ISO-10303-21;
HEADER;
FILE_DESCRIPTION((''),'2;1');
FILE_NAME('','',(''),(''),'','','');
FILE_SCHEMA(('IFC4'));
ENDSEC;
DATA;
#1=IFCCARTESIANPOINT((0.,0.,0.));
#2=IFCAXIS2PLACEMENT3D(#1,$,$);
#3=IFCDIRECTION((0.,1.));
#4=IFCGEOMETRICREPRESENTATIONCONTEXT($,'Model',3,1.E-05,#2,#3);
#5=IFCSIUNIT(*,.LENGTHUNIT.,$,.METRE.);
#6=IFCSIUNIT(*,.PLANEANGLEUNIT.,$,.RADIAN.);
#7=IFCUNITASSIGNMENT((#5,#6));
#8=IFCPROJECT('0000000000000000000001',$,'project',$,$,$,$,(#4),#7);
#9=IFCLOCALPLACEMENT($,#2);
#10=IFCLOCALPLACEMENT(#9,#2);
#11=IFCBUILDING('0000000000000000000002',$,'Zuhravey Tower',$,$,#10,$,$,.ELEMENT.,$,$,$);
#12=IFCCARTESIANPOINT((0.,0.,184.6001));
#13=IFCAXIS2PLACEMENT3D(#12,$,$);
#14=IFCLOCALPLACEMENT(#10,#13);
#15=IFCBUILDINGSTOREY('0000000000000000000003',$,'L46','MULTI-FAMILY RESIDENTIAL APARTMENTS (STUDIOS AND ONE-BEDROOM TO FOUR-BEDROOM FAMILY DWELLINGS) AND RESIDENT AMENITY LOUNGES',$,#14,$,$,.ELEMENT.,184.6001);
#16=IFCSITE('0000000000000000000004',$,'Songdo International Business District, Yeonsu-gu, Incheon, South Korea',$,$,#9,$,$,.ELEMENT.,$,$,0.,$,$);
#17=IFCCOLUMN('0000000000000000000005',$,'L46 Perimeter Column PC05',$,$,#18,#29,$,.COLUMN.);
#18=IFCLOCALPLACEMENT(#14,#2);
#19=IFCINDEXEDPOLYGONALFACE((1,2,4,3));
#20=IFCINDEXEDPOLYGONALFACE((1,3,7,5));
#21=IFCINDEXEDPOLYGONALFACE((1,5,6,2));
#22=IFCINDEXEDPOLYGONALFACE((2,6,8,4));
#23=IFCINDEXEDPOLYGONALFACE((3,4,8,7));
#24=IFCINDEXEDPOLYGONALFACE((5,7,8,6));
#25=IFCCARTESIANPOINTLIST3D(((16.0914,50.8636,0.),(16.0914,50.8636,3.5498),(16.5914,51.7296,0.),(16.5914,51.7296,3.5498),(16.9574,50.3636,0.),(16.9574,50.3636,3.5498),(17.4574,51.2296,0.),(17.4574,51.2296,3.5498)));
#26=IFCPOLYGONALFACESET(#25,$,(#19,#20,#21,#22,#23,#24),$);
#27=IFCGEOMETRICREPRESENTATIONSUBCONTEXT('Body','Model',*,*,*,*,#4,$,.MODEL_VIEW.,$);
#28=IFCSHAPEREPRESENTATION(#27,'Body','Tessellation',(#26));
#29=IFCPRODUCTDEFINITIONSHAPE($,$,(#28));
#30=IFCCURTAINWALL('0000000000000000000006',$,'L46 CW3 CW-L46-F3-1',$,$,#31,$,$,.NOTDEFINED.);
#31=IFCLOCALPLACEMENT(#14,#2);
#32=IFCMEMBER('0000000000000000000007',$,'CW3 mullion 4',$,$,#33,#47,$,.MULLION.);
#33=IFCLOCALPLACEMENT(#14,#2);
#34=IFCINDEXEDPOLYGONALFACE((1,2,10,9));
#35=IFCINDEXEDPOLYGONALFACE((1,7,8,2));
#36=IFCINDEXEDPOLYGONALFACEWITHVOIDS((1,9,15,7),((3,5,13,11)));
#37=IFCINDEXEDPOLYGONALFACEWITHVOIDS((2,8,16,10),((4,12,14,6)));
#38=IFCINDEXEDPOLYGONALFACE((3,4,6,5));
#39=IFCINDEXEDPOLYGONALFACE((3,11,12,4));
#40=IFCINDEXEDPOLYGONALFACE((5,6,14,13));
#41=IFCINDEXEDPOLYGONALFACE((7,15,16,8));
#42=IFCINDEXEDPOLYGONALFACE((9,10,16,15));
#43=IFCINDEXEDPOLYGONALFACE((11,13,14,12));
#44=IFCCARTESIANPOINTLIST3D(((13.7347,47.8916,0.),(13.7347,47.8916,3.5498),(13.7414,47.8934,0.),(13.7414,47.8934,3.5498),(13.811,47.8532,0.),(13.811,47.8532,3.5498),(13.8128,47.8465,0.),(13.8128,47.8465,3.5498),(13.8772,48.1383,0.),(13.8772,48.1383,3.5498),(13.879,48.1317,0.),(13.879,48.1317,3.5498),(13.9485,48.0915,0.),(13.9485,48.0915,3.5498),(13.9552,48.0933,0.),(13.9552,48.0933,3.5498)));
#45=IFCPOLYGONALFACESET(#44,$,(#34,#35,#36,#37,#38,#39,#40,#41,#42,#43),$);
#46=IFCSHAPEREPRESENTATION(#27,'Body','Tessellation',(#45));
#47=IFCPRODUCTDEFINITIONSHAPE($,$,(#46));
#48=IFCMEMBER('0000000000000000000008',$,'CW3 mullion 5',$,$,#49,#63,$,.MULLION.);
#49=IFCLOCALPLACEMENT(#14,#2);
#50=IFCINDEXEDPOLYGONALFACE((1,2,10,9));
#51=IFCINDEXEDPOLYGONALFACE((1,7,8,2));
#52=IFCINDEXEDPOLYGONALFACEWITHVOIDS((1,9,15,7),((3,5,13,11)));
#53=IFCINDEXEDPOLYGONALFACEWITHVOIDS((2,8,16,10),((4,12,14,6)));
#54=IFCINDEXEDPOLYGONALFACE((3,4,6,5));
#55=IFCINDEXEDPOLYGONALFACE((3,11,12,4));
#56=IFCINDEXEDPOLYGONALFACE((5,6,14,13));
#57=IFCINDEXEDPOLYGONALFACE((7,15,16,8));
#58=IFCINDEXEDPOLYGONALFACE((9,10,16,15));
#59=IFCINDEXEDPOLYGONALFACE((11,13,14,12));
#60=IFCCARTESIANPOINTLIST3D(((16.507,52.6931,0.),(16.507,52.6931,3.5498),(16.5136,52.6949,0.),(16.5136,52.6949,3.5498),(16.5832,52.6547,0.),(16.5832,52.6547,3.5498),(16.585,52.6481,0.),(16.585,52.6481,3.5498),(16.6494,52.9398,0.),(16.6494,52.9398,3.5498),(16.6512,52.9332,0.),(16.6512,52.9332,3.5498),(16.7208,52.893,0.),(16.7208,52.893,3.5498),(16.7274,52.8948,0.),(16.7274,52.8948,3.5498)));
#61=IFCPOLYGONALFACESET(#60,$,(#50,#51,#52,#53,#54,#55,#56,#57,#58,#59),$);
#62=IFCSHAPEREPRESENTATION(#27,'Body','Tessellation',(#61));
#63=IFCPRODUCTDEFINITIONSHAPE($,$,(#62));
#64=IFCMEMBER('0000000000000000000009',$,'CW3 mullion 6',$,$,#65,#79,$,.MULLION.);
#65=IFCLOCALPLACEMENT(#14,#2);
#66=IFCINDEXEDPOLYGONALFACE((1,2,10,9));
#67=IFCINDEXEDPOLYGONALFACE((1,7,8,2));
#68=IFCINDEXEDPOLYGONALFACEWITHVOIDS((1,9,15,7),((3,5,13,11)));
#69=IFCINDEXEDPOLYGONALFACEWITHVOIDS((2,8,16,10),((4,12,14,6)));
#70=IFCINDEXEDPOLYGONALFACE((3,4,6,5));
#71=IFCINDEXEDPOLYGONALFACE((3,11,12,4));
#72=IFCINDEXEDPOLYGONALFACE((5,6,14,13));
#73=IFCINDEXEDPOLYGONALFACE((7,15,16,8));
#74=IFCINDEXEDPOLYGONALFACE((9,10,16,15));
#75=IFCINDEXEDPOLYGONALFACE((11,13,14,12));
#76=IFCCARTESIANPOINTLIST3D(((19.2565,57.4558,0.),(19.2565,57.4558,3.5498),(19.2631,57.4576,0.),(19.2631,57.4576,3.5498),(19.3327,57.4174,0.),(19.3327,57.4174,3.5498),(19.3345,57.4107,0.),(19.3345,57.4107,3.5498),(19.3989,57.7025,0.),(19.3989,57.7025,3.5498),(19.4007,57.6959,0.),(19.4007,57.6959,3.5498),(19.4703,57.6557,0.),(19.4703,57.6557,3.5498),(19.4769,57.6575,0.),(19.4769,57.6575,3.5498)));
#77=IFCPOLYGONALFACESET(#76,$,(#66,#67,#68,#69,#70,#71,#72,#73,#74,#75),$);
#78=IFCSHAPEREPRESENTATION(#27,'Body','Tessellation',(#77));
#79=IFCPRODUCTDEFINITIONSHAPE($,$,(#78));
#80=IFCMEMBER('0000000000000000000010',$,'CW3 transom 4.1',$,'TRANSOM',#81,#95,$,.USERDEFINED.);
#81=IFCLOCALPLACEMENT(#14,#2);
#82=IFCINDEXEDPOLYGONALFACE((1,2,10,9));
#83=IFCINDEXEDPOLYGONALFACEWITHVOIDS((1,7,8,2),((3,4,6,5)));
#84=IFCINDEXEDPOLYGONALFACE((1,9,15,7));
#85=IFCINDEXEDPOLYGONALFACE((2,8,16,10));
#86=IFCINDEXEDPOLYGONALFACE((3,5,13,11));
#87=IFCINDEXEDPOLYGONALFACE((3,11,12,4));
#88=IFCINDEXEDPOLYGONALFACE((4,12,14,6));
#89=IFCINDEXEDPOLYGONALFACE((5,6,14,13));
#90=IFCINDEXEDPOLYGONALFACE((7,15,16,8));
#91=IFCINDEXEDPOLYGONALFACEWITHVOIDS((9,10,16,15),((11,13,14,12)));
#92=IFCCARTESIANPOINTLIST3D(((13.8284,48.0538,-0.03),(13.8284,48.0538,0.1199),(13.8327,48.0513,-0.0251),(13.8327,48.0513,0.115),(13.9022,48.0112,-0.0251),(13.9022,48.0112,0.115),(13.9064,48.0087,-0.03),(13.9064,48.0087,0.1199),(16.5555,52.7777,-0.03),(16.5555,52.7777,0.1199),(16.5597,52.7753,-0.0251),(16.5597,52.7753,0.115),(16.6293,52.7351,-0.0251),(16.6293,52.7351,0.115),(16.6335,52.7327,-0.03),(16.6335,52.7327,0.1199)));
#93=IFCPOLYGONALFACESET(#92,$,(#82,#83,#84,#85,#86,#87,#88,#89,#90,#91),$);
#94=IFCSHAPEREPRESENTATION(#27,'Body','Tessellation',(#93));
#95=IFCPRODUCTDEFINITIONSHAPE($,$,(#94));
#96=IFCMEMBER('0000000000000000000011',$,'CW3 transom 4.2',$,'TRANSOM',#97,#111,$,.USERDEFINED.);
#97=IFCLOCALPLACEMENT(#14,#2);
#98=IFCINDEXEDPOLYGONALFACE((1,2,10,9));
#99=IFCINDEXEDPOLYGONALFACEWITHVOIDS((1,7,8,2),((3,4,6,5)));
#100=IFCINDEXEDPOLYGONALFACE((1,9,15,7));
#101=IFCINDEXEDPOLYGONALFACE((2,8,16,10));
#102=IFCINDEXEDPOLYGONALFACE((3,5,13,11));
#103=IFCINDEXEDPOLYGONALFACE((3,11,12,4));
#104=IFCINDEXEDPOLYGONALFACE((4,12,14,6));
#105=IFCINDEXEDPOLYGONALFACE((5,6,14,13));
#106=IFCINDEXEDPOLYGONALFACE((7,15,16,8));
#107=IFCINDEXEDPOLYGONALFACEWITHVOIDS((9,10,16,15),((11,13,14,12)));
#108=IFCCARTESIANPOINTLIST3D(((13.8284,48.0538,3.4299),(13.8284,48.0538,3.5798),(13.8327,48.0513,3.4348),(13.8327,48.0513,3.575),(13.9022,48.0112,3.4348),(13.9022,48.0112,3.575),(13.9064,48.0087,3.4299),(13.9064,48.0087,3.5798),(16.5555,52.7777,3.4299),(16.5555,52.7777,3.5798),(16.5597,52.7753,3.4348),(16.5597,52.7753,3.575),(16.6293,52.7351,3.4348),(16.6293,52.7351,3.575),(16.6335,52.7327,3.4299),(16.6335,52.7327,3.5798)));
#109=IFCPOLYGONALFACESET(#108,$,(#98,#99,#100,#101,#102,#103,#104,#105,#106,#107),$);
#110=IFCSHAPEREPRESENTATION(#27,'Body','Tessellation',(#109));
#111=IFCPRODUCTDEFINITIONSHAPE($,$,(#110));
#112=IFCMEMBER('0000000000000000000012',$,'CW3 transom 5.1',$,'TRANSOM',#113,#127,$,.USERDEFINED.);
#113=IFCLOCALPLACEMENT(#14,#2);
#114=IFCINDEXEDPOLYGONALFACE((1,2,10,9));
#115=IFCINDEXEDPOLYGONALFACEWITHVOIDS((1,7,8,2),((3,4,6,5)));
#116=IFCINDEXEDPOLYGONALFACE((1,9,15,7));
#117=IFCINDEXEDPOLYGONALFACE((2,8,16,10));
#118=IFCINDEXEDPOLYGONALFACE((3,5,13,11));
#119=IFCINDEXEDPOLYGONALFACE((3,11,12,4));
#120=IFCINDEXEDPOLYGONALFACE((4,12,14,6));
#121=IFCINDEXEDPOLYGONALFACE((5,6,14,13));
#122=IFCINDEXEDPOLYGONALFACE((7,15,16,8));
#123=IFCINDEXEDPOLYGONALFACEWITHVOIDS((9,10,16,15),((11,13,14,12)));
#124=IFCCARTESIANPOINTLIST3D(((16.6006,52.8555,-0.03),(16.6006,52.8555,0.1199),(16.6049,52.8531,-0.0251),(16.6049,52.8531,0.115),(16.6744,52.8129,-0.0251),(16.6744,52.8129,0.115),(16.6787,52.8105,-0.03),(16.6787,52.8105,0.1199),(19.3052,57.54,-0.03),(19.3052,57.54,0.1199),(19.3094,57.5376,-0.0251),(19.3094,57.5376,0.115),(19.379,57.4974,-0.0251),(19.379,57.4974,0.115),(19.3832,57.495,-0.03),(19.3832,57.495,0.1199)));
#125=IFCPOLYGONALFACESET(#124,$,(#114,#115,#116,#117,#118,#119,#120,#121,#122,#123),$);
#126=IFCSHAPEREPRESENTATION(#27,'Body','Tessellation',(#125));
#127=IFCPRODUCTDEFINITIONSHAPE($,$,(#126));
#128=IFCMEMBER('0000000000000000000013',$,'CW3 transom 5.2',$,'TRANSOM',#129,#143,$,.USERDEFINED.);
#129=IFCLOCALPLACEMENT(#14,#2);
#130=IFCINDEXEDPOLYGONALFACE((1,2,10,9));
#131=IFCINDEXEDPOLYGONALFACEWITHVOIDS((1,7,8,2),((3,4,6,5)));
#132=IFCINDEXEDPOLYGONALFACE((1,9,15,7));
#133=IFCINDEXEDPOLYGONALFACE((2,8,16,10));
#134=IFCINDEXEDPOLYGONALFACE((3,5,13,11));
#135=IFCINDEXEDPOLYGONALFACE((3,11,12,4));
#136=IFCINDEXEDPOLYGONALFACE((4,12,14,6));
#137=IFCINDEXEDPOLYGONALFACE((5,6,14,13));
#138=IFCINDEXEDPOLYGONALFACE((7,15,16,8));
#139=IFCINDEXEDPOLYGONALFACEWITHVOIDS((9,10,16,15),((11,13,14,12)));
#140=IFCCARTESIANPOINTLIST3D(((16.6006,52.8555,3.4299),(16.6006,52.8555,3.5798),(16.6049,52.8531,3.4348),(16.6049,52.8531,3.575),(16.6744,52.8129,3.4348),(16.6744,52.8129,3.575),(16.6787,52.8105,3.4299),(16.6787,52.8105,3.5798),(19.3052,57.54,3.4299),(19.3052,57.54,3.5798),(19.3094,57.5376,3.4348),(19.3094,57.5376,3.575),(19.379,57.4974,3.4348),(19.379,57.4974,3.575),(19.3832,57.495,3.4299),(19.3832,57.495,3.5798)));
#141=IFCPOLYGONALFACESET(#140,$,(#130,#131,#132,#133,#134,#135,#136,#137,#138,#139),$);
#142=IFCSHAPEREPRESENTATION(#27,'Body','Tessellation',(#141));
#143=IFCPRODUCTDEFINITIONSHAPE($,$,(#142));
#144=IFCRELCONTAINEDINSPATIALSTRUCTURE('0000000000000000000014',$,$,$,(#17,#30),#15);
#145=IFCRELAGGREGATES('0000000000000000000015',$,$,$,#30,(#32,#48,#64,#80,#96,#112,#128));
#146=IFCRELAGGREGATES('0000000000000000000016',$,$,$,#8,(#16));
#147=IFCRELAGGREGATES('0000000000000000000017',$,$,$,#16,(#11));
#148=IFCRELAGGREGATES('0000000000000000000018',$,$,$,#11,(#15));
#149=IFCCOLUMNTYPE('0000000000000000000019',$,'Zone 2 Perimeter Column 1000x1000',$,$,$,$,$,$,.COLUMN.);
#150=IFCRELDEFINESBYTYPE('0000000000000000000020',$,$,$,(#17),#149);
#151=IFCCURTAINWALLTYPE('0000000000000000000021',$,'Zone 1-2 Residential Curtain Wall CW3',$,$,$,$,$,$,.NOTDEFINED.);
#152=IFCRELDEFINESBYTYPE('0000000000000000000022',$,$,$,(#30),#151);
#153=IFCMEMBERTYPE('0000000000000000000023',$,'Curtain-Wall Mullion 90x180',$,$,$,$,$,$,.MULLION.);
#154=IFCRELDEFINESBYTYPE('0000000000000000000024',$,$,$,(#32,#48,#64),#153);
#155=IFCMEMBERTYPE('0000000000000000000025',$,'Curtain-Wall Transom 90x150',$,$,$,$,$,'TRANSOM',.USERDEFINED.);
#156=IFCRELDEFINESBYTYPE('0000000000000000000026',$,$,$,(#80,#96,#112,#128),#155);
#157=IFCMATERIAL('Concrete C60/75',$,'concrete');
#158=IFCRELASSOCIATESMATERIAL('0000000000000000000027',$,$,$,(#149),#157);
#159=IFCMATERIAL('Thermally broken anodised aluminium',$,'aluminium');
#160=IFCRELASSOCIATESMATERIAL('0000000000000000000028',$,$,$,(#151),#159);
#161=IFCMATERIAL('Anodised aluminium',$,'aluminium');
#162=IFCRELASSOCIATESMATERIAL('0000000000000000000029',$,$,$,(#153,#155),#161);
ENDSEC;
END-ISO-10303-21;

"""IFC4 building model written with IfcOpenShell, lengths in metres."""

from ifc_helpers import new_model, si_unit, direction, frame, origin, origin_2d, place, context, subcontext, project, spatial, rectangle, hollow_rectangle, extrude, material, material_profile, profile_set, type_object, element, aggregate, save


model = new_model("IFC4")

# Units and contexts
model_context = context("Model", 3, precision=1e-05, world=origin(), true_north=direction((0.0, 1.0)))
body_context = subcontext(model_context, "Body", "Model", "MODEL_VIEW")
ifc_project = project(units=[si_unit("LENGTHUNIT", "METRE"), si_unit("PLANEANGLEUNIT", "RADIAN")], contexts=[model_context])

# Site, building, storey
site_placement = place(None, origin())
site = spatial("IfcSite", under=ifc_project, at=site_placement, Name="Songdo International Business District, Yeonsu-gu, Incheon, South Korea", CompositionType="ELEMENT", RefElevation=0.0)
building_placement = place(site_placement, origin())
building = spatial("IfcBuilding", under=site, at=building_placement, Name="Zuhravey Tower", CompositionType="ELEMENT")
storey_placement = place(building_placement, frame((0.0, 0.0, 184.6001)))
storey = spatial("IfcBuildingStorey", under=building, at=storey_placement, Name="L46", Description="MULTI-FAMILY RESIDENTIAL APARTMENTS (STUDIOS AND ONE-BEDROOM TO FOUR-BEDROOM FAMILY DWELLINGS) AND RESIDENT AMENITY LOUNGES", CompositionType="ELEMENT", Elevation=184.6001)

# Column
ifc_material_1 = material(Name="Concrete C60/75", Category="concrete")
ifc_material_profile_1 = material_profile(ifc_material_1, rectangle(XDim=1.0, YDim=1.0, at=origin_2d()), Name="RC-1000x1000")
ifc_profile_set_1 = profile_set([ifc_material_profile_1], Name="Concrete C60/75")
column_type = type_object("IfcColumnType", Name="Zone 2 Perimeter Column 1000x1000", PredefinedType="COLUMN", material=ifc_profile_set_1)
column_placement = place(storey_placement, frame((16.7744, 51.0466, 0.0), z_axis=(0.0, 0.0, 1.0), x_axis=(-0.5, -0.866025, 0.0)))
element("IfcColumn", 1, at=column_placement, inside=storey, type_object=column_type, Name="L46 Perimeter Column PC05", PredefinedType="COLUMN", context=body_context, shape_type="SweptSolid", body=[
    extrude(rectangle(XDim=1.0, YDim=1.0, at=origin_2d()), origin(), (0.0, 0.0, 1.0), 3.5498),
])

# Curtain wall, members
ifc_material_2 = material(Name="Thermally broken anodised aluminium", Category="aluminium")
curtain_wall_type = type_object("IfcCurtainWallType", Name="Zone 1-2 Residential Curtain Wall CW3", PredefinedType="NOTDEFINED", material=ifc_material_2)
curtain_wall_placement = place(storey_placement, origin())
curtain_wall = element("IfcCurtainWall", 2, at=curtain_wall_placement, inside=storey, type_object=curtain_wall_type, Name="L46 CW3 CW-L46-F3-1", PredefinedType="NOTDEFINED")
ifc_material_3 = material(Name="Anodised aluminium", Category="aluminium")
ifc_material_profile_2 = material_profile(ifc_material_3, hollow_rectangle(XDim=0.0901, YDim=0.2849, WallThickness=0.0049, at=origin_2d()), Name="ALU-RHS-90x285x5")
ifc_profile_set_2 = profile_set([ifc_material_profile_2], Name="Anodised aluminium")
member_type_1 = type_object("IfcMemberType", Name="Curtain-Wall Mullion 90x180", PredefinedType="MULLION", material=ifc_profile_set_2)
member_1_placement = place(storey_placement, frame((13.845, 47.9924, 0.0), z_axis=(0.0, 0.0, 1.0), x_axis=(-0.866025, 0.5, 0.0)))
member_1 = element("IfcMember", 3, at=member_1_placement, type_object=member_type_1, Name="CW3 mullion 4", PredefinedType="MULLION", context=body_context, shape_type="SweptSolid", body=[
    extrude(hollow_rectangle(XDim=0.0901, YDim=0.2849, WallThickness=0.0049, at=origin_2d()), origin(), (0.0, 0.0, 1.0), 3.5498),
])
member_2_placement = place(storey_placement, frame((16.6172, 52.7939, 0.0), z_axis=(0.0, 0.0, 1.0), x_axis=(-0.866025, 0.5, 0.0)))
member_2 = element("IfcMember", 4, at=member_2_placement, type_object=member_type_1, Name="CW3 mullion 5", PredefinedType="MULLION", context=body_context, shape_type="SweptSolid", body=[
    extrude(hollow_rectangle(XDim=0.0901, YDim=0.2849, WallThickness=0.0049, at=origin_2d()), origin(), (0.0, 0.0, 1.0), 3.5498),
])
member_3_placement = place(storey_placement, frame((19.3667, 57.5566, 0.0), z_axis=(0.0, 0.0, 1.0), x_axis=(-0.866025, 0.5, 0.0)))
member_3 = element("IfcMember", 5, at=member_3_placement, type_object=member_type_1, Name="CW3 mullion 6", PredefinedType="MULLION", context=body_context, shape_type="SweptSolid", body=[
    extrude(hollow_rectangle(XDim=0.0901, YDim=0.2849, WallThickness=0.0049, at=origin_2d()), origin(), (0.0, 0.0, 1.0), 3.5498),
])
ifc_material_profile_3 = material_profile(ifc_material_3, hollow_rectangle(XDim=0.0901, YDim=0.1499, WallThickness=0.0049, at=origin_2d()), Name="ALU-RHS-90x150x5")
ifc_profile_set_3 = profile_set([ifc_material_profile_3], Name="Anodised aluminium")
member_type_2 = type_object("IfcMemberType", Name="Curtain-Wall Transom 90x150", ElementType="TRANSOM", PredefinedType="USERDEFINED", material=ifc_profile_set_3)
member_4_placement = place(storey_placement, frame((13.8674, 48.0312, 0.0449), z_axis=(0.499961, 0.866048, 0.0), x_axis=(-0.866048, 0.499961, 0.0)))
member_4 = element("IfcMember", 6, at=member_4_placement, type_object=member_type_2, Name="CW3 transom 4.1", ObjectType="TRANSOM", PredefinedType="USERDEFINED", context=body_context, shape_type="SweptSolid", body=[
    extrude(hollow_rectangle(XDim=0.0901, YDim=0.1499, WallThickness=0.0049, at=origin_2d()), origin(), (0.0, 0.0, 1.0), 5.4546),
])
member_5_placement = place(storey_placement, frame((13.8674, 48.0312, 3.5049), z_axis=(0.499961, 0.866048, 0.0), x_axis=(-0.866048, 0.499961, 0.0)))
member_5 = element("IfcMember", 7, at=member_5_placement, type_object=member_type_2, Name="CW3 transom 4.2", ObjectType="TRANSOM", PredefinedType="USERDEFINED", context=body_context, shape_type="SweptSolid", body=[
    extrude(hollow_rectangle(XDim=0.0901, YDim=0.1499, WallThickness=0.0049, at=origin_2d()), origin(), (0.0, 0.0, 1.0), 5.4546),
])
member_6_placement = place(storey_placement, frame((16.6396, 52.833, 0.0449), z_axis=(0.499993, 0.866029, 0.0), x_axis=(-0.866029, 0.499993, 0.0)))
member_6 = element("IfcMember", 8, at=member_6_placement, type_object=member_type_2, Name="CW3 transom 5.1", ObjectType="TRANSOM", PredefinedType="USERDEFINED", context=body_context, shape_type="SweptSolid", body=[
    extrude(hollow_rectangle(XDim=0.0901, YDim=0.1499, WallThickness=0.0049, at=origin_2d()), origin(), (0.0, 0.0, 1.0), 5.4092),
])
member_7_placement = place(storey_placement, frame((16.6396, 52.833, 3.5049), z_axis=(0.499993, 0.866029, 0.0), x_axis=(-0.866029, 0.499993, 0.0)))
member_7 = element("IfcMember", 9, at=member_7_placement, type_object=member_type_2, Name="CW3 transom 5.2", ObjectType="TRANSOM", PredefinedType="USERDEFINED", context=body_context, shape_type="SweptSolid", body=[
    extrude(hollow_rectangle(XDim=0.0901, YDim=0.1499, WallThickness=0.0049, at=origin_2d()), origin(), (0.0, 0.0, 1.0), 5.4092),
])

aggregate(curtain_wall, [member_1, member_2, member_3, member_4, member_5, member_6, member_7])

save(model, "model.ifc")
